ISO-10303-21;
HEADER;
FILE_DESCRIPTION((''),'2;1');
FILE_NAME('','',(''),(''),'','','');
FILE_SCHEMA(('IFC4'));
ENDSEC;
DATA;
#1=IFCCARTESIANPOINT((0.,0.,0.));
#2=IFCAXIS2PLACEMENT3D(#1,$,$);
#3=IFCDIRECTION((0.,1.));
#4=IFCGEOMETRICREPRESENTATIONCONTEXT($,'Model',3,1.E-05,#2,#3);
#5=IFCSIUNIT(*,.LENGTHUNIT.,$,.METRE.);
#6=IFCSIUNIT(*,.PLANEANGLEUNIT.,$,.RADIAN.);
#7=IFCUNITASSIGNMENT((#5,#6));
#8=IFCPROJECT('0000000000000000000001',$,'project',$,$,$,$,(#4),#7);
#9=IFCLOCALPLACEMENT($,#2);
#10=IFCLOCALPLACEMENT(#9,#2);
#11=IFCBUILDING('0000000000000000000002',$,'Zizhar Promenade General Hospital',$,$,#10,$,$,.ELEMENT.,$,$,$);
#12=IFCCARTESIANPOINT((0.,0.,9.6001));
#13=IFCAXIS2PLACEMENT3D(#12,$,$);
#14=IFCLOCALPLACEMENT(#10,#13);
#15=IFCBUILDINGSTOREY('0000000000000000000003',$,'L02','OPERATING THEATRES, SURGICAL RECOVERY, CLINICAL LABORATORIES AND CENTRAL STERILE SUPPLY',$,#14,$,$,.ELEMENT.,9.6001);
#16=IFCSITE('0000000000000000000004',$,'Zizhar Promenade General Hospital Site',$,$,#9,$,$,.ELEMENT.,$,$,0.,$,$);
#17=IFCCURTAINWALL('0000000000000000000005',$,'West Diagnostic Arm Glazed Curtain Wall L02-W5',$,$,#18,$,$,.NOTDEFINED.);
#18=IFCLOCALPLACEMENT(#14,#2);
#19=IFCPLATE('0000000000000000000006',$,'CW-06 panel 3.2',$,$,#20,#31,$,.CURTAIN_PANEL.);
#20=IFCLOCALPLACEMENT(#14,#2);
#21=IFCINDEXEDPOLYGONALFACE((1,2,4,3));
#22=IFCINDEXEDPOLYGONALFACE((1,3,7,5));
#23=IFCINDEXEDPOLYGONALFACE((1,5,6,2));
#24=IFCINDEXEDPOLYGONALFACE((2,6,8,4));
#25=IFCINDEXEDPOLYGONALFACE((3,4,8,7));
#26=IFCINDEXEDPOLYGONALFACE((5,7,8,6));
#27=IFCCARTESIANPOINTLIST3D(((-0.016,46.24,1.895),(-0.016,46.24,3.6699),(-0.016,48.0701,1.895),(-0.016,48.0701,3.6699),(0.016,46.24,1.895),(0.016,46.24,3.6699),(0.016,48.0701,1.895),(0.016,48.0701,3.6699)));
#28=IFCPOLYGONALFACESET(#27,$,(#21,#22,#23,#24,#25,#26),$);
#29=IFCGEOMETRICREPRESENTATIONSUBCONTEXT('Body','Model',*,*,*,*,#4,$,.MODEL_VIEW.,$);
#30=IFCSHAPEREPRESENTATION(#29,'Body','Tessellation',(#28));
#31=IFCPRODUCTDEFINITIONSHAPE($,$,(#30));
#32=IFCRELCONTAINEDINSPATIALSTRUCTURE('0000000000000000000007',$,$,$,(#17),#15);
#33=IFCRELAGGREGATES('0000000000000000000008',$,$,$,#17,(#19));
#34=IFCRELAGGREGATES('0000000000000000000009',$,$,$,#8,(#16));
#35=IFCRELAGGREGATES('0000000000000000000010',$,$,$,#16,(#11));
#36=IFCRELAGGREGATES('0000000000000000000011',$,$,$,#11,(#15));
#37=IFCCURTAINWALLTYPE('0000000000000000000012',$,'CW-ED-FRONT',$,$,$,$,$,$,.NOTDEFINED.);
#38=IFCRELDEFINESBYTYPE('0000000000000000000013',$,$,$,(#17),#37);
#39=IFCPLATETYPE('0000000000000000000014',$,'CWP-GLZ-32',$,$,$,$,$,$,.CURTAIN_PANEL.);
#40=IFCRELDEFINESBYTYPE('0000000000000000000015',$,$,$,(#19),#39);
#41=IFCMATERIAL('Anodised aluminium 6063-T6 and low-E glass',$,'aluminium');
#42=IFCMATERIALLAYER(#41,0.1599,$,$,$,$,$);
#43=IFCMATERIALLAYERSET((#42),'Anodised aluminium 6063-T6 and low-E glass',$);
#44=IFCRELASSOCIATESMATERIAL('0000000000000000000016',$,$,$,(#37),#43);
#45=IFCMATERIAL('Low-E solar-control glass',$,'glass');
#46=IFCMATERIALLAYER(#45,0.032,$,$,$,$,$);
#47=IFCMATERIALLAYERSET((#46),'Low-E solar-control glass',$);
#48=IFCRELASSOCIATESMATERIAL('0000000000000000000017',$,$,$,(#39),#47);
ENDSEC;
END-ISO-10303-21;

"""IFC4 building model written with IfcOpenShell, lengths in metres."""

from ifc_helpers import new_model, si_unit, direction, frame, origin, origin_2d, place, context, subcontext, project, spatial, rectangle, extrude, material, layer, layer_set, type_object, element, aggregate, save


model = new_model("IFC4")

# Units and contexts
model_context = context("Model", 3, precision=1e-05, world=origin(), true_north=direction((0.0, 1.0)))
body_context = subcontext(model_context, "Body", "Model", "MODEL_VIEW")
ifc_project = project(units=[si_unit("LENGTHUNIT", "METRE"), si_unit("PLANEANGLEUNIT", "RADIAN")], contexts=[model_context])

# Site, building, storey
site_placement = place(None, origin())
site = spatial("IfcSite", under=ifc_project, at=site_placement, Name="Zizhar Promenade General Hospital Site", CompositionType="ELEMENT", RefElevation=0.0)
building_placement = place(site_placement, origin())
building = spatial("IfcBuilding", under=site, at=building_placement, Name="Zizhar Promenade General Hospital", CompositionType="ELEMENT")
storey_placement = place(building_placement, frame((0.0, 0.0, 9.6001)))
storey = spatial("IfcBuildingStorey", under=building, at=storey_placement, Name="L02", Description="OPERATING THEATRES, SURGICAL RECOVERY, CLINICAL LABORATORIES AND CENTRAL STERILE SUPPLY", CompositionType="ELEMENT", Elevation=9.6001)

# Shared definitions
ifc_material_1 = material(Name="Anodised aluminium 6063-T6 and low-E glass", Category="aluminium")
ifc_layer_1 = layer(ifc_material_1, 0.1599)
ifc_layer_set_1 = layer_set([ifc_layer_1], Name="Anodised aluminium 6063-T6 and low-E glass")
curtain_wall_type = type_object("IfcCurtainWallType", Name="CW-ED-FRONT", PredefinedType="NOTDEFINED", material=ifc_layer_set_1)

# Curtain wall
curtain_wall_1_placement = place(storey_placement, origin())
curtain_wall_1 = element("IfcCurtainWall", 1, at=curtain_wall_1_placement, inside=storey, type_object=curtain_wall_type, Name="West Diagnostic Arm Glazed Curtain Wall L02-W5", PredefinedType="NOTDEFINED")

# Plate
ifc_material_2 = material(Name="Low-E solar-control glass", Category="glass")
ifc_layer_2 = layer(ifc_material_2, 0.032)
ifc_layer_set_2 = layer_set([ifc_layer_2], Name="Low-E solar-control glass")
plate_type = type_object("IfcPlateType", Name="CWP-GLZ-32", PredefinedType="CURTAIN_PANEL", material=ifc_layer_set_2)
plate_1_placement = place(storey_placement, frame((0.0, 47.155, 1.895), z_axis=(0.0, 0.0, 1.0), x_axis=(0.0, 1.0, 0.0)))
plate_1 = element("IfcPlate", 2, at=plate_1_placement, type_object=plate_type, Name="CW-06 panel 3.2", PredefinedType="CURTAIN_PANEL", context=body_context, shape_type="SweptSolid", body=[
    extrude(rectangle(XDim=1.8301, YDim=0.032, at=origin_2d()), origin(), (0.0, 0.0, 1.0), 1.7749),
])
aggregate(curtain_wall_1, [plate_1])

save(model, "model.ifc")
